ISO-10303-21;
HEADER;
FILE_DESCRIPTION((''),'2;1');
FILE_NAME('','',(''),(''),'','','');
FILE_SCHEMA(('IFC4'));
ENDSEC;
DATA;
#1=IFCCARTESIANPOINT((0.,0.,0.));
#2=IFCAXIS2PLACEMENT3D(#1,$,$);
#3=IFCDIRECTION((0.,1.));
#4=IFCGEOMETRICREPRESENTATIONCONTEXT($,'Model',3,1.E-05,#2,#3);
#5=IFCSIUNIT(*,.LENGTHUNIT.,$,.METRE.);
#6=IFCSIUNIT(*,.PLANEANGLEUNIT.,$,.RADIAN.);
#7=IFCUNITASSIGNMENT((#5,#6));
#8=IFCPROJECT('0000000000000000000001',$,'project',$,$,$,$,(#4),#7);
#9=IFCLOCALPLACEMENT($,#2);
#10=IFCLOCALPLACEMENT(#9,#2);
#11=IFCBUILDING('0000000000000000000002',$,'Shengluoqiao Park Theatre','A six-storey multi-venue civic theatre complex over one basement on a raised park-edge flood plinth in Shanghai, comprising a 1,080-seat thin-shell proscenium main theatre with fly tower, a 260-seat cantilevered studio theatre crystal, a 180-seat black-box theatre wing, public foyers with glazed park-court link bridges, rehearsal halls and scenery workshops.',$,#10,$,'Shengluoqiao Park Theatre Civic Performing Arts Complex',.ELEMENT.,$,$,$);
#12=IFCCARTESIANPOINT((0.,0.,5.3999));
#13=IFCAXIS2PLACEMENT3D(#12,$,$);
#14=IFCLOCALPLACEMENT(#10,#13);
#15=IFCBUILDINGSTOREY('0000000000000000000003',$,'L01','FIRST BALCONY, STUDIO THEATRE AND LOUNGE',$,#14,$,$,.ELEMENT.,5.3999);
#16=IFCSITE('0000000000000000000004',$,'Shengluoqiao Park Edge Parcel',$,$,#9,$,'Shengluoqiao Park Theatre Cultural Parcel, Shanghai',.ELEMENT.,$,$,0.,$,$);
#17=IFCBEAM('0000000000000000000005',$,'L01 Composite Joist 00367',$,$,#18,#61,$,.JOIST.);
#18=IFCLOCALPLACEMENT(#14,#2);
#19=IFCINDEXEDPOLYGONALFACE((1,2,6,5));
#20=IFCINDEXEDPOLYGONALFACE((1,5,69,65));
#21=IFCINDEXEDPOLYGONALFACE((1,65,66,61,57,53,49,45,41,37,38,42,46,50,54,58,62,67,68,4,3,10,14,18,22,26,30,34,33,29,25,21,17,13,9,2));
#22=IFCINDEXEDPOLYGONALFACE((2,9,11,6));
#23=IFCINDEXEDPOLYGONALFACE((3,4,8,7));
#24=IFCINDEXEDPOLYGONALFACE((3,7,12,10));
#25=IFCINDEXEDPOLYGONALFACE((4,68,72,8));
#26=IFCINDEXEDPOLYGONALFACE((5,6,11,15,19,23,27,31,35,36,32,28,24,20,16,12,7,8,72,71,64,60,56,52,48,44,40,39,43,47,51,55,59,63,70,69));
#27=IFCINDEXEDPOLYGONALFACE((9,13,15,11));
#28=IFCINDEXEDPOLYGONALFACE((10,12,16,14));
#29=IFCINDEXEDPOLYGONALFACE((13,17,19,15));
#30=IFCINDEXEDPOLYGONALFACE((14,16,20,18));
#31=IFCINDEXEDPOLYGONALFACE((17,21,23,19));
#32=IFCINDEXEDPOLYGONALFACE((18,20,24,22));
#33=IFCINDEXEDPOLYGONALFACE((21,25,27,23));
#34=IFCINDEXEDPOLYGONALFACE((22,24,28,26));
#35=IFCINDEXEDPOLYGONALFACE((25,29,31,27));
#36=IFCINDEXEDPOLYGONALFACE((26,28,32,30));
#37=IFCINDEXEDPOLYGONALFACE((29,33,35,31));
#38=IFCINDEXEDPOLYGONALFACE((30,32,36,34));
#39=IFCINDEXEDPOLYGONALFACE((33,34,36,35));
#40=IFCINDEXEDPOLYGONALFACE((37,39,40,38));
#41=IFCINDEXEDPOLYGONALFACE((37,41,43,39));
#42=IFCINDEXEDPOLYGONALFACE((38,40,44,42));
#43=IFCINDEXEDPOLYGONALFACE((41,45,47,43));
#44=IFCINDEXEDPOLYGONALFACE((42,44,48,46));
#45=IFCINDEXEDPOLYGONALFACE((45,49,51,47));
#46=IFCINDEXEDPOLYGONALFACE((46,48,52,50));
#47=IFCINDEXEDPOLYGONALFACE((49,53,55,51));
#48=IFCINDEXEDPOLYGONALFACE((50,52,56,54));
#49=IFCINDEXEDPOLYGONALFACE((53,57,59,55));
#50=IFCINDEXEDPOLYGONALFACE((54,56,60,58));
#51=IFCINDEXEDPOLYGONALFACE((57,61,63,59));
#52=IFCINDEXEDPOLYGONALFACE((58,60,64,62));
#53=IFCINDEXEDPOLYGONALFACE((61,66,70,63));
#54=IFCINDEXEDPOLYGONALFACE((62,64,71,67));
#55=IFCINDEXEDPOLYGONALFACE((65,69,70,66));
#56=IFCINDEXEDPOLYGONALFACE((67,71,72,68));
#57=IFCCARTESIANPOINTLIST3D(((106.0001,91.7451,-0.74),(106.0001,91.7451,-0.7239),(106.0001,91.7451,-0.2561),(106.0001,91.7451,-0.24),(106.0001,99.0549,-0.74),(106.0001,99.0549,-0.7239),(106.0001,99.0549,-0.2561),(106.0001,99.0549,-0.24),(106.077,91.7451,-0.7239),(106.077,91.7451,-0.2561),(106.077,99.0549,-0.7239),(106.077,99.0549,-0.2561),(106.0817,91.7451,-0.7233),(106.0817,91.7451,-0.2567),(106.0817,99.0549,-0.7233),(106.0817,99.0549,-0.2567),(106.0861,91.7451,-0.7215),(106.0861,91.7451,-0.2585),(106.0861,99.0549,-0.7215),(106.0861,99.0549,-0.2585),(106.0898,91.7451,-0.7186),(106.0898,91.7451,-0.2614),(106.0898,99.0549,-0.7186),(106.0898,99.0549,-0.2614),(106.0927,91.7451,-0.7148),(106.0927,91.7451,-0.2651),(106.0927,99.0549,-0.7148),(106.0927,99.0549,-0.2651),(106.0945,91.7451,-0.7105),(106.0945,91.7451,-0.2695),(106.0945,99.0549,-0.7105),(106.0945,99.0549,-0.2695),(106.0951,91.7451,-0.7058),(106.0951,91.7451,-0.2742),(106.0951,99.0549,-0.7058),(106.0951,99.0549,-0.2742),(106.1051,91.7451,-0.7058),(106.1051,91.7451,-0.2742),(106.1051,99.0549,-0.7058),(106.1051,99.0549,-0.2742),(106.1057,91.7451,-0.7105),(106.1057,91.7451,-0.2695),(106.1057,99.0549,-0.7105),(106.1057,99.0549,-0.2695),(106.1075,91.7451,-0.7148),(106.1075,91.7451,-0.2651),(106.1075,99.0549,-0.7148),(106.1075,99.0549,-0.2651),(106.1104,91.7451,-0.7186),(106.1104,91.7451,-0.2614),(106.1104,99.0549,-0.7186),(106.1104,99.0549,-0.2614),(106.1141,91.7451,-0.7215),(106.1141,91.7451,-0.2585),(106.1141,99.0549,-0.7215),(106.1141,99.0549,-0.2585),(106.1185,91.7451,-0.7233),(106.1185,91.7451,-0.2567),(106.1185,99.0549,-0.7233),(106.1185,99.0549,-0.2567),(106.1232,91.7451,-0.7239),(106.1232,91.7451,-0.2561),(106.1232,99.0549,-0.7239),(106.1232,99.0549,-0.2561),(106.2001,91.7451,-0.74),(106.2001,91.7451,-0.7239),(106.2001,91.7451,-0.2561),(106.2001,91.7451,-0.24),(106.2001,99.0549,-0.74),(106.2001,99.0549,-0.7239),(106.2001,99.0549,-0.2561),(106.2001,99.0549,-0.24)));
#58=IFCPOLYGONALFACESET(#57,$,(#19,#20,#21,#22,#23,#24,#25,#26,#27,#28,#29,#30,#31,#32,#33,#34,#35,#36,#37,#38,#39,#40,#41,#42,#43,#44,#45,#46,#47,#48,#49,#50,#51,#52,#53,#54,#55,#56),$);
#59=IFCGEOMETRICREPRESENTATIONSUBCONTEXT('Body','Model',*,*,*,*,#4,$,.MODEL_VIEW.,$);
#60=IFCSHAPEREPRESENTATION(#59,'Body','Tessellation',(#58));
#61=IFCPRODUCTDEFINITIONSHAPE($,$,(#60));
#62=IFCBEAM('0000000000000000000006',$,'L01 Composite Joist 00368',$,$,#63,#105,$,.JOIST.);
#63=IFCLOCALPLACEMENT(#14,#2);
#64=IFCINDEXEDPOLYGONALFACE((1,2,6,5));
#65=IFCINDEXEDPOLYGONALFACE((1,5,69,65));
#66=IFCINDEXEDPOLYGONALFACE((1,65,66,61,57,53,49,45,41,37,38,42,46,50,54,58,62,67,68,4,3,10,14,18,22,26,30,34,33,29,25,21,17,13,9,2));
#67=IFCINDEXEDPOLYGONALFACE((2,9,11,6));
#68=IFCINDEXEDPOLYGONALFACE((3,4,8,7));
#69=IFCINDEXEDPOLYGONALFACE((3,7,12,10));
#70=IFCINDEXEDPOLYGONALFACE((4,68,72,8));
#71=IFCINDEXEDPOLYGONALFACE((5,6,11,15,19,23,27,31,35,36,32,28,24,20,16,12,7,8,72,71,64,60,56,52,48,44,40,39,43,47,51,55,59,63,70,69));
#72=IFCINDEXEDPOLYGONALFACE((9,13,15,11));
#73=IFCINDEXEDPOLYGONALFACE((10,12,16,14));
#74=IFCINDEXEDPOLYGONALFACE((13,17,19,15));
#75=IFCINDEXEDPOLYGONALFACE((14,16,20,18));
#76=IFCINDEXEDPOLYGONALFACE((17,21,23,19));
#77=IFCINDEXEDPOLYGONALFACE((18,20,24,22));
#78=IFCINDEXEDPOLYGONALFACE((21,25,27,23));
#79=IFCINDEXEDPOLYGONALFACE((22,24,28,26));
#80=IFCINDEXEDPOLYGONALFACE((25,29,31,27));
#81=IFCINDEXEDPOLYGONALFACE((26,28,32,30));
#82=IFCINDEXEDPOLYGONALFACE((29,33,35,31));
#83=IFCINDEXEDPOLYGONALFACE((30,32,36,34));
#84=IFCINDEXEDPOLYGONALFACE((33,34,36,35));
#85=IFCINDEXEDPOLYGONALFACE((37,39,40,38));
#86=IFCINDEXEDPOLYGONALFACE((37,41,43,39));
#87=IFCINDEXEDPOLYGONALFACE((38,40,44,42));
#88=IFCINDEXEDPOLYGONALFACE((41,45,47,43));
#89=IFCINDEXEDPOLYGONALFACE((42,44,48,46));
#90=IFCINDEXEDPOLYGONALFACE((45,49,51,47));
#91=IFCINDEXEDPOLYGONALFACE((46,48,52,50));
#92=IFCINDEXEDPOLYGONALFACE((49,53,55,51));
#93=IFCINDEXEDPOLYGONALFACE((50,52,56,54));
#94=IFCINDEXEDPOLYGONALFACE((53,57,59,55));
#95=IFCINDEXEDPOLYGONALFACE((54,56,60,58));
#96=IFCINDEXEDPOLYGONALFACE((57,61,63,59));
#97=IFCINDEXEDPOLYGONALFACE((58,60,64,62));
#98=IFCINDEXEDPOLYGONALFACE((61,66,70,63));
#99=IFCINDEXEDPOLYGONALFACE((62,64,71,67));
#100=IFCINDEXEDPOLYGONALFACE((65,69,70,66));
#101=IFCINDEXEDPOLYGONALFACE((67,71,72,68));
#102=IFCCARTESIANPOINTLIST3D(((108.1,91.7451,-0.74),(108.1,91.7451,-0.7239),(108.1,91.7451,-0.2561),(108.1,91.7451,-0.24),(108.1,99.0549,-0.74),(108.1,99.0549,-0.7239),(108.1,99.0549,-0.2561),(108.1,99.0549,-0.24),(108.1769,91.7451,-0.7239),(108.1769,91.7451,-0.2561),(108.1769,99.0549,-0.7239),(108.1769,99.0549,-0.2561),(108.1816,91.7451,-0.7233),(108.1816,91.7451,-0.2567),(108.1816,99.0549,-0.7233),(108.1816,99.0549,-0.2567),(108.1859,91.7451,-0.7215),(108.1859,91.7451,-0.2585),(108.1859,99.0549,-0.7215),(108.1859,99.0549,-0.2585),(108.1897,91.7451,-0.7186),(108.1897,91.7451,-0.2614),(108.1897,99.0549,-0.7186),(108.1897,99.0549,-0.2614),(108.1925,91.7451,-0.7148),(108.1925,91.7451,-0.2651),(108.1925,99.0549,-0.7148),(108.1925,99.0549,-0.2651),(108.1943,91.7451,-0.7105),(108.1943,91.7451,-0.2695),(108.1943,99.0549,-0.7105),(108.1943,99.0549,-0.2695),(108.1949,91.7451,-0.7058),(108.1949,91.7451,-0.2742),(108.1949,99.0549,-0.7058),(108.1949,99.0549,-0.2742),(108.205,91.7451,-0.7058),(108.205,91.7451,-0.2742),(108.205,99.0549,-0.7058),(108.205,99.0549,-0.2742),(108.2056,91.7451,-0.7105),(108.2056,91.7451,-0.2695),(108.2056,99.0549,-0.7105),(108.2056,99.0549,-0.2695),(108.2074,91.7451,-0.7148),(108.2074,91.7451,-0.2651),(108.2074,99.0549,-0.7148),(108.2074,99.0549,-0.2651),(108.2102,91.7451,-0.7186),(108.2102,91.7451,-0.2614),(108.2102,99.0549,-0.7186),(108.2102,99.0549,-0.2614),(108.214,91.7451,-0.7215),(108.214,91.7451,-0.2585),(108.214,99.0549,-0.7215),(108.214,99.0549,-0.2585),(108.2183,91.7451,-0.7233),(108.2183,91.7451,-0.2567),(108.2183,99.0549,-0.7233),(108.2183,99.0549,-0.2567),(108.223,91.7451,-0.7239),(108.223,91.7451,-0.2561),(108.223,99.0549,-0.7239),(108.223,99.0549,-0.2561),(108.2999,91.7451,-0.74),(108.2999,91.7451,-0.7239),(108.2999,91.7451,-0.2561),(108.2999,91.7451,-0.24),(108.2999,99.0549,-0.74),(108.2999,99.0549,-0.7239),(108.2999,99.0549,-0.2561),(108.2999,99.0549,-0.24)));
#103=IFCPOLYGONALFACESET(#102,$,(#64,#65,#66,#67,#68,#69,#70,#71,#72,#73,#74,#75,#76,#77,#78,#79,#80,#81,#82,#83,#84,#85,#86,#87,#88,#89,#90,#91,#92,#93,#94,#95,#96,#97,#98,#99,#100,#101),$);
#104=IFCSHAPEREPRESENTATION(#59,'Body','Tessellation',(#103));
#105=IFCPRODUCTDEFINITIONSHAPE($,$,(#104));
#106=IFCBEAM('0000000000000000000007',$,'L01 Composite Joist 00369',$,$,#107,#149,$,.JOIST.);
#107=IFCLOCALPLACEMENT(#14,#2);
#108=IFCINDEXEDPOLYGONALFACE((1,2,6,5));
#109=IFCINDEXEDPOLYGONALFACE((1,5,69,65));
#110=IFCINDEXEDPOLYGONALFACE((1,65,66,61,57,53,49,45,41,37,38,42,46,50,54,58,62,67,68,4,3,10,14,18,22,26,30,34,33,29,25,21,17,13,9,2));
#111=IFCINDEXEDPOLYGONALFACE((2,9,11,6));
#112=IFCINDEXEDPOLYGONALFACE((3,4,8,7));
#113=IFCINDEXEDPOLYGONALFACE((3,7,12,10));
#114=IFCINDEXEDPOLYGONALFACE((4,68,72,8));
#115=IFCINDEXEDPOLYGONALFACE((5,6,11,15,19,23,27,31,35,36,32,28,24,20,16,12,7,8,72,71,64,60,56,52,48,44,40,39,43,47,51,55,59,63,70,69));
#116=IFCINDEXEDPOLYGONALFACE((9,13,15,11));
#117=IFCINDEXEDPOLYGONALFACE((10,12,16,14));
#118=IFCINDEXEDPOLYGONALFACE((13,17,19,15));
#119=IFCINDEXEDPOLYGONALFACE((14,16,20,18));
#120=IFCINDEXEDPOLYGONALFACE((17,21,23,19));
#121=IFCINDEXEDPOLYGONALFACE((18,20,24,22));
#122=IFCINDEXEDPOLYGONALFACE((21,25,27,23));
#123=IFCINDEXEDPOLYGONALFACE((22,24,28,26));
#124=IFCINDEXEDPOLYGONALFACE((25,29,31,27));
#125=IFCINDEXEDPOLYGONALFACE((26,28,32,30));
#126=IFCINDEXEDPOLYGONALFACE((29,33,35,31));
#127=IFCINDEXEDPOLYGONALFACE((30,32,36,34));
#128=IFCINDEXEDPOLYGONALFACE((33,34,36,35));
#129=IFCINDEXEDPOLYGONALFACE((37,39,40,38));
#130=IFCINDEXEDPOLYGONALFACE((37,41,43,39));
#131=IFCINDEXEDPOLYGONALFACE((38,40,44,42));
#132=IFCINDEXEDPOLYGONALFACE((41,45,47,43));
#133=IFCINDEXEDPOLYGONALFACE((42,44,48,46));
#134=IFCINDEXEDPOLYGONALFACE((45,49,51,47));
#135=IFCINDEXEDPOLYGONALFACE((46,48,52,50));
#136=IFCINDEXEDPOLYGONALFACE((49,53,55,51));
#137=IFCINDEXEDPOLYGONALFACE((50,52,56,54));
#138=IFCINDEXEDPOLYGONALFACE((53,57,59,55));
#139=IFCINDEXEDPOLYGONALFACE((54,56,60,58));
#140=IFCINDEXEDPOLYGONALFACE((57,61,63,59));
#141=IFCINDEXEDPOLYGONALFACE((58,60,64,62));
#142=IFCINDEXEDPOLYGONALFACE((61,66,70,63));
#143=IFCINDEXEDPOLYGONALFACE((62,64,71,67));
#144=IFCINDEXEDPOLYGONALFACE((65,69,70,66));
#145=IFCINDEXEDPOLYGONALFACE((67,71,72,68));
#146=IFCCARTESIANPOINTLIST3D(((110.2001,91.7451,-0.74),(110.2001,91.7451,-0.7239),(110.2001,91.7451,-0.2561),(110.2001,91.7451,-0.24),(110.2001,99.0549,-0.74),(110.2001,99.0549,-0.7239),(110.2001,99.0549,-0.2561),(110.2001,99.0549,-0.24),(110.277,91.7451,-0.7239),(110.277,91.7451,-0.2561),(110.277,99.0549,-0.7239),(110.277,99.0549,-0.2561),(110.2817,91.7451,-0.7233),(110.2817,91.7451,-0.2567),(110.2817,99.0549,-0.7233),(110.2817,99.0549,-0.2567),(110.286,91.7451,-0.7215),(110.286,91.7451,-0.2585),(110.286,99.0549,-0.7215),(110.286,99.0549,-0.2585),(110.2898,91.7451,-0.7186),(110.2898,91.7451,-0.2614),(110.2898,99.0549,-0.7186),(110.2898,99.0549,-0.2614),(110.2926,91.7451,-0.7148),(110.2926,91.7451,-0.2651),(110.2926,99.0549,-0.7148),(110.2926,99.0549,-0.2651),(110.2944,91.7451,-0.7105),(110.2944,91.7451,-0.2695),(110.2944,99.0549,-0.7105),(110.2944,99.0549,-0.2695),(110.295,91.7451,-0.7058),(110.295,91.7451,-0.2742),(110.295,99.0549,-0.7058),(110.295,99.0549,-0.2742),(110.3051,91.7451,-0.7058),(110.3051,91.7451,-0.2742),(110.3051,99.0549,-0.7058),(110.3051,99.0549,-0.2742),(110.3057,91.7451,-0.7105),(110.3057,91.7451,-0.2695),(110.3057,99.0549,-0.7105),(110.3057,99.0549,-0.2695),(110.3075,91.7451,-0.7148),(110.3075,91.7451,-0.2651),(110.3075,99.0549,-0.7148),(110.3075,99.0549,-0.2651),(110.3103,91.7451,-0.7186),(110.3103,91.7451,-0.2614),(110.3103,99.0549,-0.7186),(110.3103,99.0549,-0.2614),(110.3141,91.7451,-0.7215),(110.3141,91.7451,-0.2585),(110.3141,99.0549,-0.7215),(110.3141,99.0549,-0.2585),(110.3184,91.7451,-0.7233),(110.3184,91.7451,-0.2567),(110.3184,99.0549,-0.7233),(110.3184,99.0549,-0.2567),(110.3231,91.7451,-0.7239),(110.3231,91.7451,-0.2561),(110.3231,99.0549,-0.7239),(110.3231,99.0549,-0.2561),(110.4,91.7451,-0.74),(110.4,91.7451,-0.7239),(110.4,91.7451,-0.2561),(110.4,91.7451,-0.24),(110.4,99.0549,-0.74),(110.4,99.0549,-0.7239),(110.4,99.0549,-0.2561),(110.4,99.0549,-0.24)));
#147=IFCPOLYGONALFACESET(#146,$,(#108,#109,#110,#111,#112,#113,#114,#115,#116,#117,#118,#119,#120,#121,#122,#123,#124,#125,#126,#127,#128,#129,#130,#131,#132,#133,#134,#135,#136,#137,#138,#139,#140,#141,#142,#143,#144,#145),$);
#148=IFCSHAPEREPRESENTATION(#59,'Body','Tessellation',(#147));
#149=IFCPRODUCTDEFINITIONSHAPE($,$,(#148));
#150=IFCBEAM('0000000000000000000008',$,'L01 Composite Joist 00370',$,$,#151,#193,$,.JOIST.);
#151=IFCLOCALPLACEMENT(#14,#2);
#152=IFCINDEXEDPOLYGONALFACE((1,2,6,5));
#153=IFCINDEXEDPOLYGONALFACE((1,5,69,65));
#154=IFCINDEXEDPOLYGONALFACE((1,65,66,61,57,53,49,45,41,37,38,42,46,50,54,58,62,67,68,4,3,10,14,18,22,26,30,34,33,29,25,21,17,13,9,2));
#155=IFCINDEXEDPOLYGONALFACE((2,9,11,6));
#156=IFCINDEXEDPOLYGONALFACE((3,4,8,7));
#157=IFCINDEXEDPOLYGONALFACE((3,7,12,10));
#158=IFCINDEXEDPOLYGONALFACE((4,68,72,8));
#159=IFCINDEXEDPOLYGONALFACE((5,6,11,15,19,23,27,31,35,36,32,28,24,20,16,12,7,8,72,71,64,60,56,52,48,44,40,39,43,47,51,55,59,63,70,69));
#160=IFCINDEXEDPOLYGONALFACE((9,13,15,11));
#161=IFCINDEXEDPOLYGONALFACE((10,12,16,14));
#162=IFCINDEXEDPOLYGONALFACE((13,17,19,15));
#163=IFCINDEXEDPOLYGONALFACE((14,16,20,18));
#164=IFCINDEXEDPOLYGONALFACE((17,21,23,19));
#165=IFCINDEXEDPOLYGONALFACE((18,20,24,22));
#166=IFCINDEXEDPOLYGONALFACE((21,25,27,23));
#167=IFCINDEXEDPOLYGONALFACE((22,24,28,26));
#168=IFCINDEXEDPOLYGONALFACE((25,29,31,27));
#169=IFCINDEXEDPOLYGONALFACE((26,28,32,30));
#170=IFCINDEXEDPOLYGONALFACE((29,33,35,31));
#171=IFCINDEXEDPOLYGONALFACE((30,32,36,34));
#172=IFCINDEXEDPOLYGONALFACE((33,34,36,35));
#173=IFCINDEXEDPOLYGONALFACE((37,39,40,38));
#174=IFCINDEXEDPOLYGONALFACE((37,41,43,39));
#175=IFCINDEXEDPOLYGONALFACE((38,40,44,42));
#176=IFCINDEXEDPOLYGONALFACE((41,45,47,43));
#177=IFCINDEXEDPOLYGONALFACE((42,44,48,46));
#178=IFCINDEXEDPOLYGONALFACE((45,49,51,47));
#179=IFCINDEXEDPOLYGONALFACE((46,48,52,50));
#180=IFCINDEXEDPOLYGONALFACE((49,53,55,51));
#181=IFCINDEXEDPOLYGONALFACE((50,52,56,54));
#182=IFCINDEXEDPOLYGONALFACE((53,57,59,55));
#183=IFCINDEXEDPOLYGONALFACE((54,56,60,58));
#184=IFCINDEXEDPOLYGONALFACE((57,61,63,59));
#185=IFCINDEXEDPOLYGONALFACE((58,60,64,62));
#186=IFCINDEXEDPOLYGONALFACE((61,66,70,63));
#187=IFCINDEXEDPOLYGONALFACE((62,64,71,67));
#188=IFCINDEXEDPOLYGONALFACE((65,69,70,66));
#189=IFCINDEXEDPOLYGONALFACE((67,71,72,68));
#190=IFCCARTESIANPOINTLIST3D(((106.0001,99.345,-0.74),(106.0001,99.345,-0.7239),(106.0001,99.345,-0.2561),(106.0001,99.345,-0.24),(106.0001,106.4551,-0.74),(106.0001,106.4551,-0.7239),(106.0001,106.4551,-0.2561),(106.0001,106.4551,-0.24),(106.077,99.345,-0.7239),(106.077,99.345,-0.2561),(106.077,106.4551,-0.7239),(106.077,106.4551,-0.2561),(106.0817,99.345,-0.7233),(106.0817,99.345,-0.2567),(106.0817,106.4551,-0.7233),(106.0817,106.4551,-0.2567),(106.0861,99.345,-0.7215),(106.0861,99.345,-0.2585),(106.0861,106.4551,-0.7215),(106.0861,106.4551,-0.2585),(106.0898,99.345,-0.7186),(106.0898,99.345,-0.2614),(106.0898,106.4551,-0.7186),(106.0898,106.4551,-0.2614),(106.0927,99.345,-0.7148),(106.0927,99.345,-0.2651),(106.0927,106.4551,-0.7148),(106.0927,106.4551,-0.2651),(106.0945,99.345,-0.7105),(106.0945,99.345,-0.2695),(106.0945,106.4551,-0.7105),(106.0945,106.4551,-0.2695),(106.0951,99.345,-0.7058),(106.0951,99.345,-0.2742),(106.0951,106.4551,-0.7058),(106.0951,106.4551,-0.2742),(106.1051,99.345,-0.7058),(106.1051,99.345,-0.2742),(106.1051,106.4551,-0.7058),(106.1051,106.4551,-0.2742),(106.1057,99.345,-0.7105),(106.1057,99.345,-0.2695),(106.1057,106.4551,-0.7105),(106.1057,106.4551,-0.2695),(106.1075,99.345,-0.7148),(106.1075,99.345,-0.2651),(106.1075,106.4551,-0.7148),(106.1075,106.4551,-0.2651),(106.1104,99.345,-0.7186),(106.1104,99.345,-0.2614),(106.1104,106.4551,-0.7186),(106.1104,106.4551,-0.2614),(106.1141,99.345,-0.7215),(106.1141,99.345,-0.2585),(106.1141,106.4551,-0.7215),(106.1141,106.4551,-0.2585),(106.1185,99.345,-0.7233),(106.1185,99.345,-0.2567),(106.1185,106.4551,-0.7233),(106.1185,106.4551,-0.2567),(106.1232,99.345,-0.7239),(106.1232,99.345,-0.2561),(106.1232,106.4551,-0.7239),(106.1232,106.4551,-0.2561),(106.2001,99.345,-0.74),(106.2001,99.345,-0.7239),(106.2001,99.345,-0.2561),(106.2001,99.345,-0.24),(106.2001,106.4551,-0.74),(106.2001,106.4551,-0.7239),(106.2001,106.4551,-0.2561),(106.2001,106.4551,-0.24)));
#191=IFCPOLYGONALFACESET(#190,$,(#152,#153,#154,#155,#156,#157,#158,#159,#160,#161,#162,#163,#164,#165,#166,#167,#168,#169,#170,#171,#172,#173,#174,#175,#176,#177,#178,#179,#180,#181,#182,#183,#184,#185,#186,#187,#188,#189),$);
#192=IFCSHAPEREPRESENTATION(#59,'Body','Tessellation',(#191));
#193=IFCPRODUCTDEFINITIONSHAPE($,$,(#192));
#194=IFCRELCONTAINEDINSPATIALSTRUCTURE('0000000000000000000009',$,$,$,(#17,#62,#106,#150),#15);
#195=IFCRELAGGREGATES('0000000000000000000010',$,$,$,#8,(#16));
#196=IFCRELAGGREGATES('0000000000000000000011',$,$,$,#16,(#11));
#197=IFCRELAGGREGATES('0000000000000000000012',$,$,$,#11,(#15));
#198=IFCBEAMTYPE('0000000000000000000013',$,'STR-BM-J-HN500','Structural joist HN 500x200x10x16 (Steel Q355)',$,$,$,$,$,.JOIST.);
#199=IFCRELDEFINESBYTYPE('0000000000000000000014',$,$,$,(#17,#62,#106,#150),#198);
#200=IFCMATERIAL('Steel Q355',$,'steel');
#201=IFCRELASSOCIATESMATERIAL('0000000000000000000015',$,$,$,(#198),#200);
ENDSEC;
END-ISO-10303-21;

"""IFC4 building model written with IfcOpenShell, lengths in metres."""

from ifc_helpers import new_model, si_unit, direction, frame, origin, origin_2d, place, context, subcontext, project, spatial, i_section, extrude, material, material_profile, profile_set, type_object, element, save


model = new_model("IFC4")

# Units and contexts
model_context = context("Model", 3, precision=1e-05, world=origin(), true_north=direction((0.0, 1.0)))
body_context = subcontext(model_context, "Body", "Model", "MODEL_VIEW")
ifc_project = project(units=[si_unit("LENGTHUNIT", "METRE"), si_unit("PLANEANGLEUNIT", "RADIAN")], contexts=[model_context])

# Site, building, storey
site_placement = place(None, origin())
site = spatial("IfcSite", under=ifc_project, at=site_placement, Name="Shengluoqiao Park Edge Parcel", LongName="Shengluoqiao Park Theatre Cultural Parcel, Shanghai", CompositionType="ELEMENT", RefElevation=0.0)
building_placement = place(site_placement, origin())
building = spatial("IfcBuilding", under=site, at=building_placement, Name="Shengluoqiao Park Theatre", Description="A six-storey multi-venue civic theatre complex over one basement on a raised park-edge flood plinth in Shanghai, comprising a 1,080-seat thin-shell proscenium main theatre with fly tower, a 260-seat cantilevered studio theatre crystal, a 180-seat black-box theatre wing, public foyers with glazed park-court link bridges, rehearsal halls and scenery workshops.", LongName="Shengluoqiao Park Theatre Civic Performing Arts Complex", CompositionType="ELEMENT")
storey_placement = place(building_placement, frame((0.0, 0.0, 5.3999)))
storey = spatial("IfcBuildingStorey", under=building, at=storey_placement, Name="L01", Description="FIRST BALCONY, STUDIO THEATRE AND LOUNGE", CompositionType="ELEMENT", Elevation=5.3999)

# Beams
ifc_material_1 = material(Name="Steel Q355", Category="steel")
ifc_material_profile_1 = material_profile(ifc_material_1, i_section(OverallWidth=0.2, OverallDepth=0.5, WebThickness=0.01, FlangeThickness=0.0161, FilletRadius=0.0181, at=origin_2d()), Name="HN 500x200x10x16")
ifc_profile_set_1 = profile_set([ifc_material_profile_1], Name="Steel Q355")
beam_type_1 = type_object("IfcBeamType", Name="STR-BM-J-HN500", Description="Structural joist HN 500x200x10x16 (Steel Q355)", PredefinedType="JOIST", material=ifc_profile_set_1)
for number, where, z_axis, x_axis, name in (
    (1, (106.1001, 91.7451, -0.49), (0.0, 1.0, 0.0), (-1.0, 0.0, 0.0), "L01 Composite Joist 00367"),
    (2, (108.2, 91.7451, -0.49), (0.0, 1.0, 0.0), (-1.0, 0.0, 0.0), "L01 Composite Joist 00368"),
    (3, (110.3, 91.7451, -0.49), (0.0, 1.0, 0.0), (-1.0, 0.0, 0.0), "L01 Composite Joist 00369"),
):
    element("IfcBeam", number, at=place(storey_placement, frame(where, z_axis=z_axis, x_axis=x_axis)), inside=storey, type_object=beam_type_1, Name=name, PredefinedType="JOIST", context=body_context, shape_type="SweptSolid", body=[
        extrude(i_section(OverallWidth=0.2, OverallDepth=0.5, WebThickness=0.01, FlangeThickness=0.0161, FilletRadius=0.0181, at=origin_2d()), origin(), (0.0, 0.0, 1.0), 7.3098),
    ])
for number, where, z_axis, x_axis, name in (
    (4, (106.1001, 99.345, -0.49), (0.0, 1.0, 0.0), (-1.0, 0.0, 0.0), "L01 Composite Joist 00370"),
):
    element("IfcBeam", number, at=place(storey_placement, frame(where, z_axis=z_axis, x_axis=x_axis)), inside=storey, type_object=beam_type_1, Name=name, PredefinedType="JOIST", context=body_context, shape_type="SweptSolid", body=[
        extrude(i_section(OverallWidth=0.2, OverallDepth=0.5, WebThickness=0.01, FlangeThickness=0.0161, FilletRadius=0.0181, at=origin_2d()), origin(), (0.0, 0.0, 1.0), 7.1101),
    ])

save(model, "model.ifc")
